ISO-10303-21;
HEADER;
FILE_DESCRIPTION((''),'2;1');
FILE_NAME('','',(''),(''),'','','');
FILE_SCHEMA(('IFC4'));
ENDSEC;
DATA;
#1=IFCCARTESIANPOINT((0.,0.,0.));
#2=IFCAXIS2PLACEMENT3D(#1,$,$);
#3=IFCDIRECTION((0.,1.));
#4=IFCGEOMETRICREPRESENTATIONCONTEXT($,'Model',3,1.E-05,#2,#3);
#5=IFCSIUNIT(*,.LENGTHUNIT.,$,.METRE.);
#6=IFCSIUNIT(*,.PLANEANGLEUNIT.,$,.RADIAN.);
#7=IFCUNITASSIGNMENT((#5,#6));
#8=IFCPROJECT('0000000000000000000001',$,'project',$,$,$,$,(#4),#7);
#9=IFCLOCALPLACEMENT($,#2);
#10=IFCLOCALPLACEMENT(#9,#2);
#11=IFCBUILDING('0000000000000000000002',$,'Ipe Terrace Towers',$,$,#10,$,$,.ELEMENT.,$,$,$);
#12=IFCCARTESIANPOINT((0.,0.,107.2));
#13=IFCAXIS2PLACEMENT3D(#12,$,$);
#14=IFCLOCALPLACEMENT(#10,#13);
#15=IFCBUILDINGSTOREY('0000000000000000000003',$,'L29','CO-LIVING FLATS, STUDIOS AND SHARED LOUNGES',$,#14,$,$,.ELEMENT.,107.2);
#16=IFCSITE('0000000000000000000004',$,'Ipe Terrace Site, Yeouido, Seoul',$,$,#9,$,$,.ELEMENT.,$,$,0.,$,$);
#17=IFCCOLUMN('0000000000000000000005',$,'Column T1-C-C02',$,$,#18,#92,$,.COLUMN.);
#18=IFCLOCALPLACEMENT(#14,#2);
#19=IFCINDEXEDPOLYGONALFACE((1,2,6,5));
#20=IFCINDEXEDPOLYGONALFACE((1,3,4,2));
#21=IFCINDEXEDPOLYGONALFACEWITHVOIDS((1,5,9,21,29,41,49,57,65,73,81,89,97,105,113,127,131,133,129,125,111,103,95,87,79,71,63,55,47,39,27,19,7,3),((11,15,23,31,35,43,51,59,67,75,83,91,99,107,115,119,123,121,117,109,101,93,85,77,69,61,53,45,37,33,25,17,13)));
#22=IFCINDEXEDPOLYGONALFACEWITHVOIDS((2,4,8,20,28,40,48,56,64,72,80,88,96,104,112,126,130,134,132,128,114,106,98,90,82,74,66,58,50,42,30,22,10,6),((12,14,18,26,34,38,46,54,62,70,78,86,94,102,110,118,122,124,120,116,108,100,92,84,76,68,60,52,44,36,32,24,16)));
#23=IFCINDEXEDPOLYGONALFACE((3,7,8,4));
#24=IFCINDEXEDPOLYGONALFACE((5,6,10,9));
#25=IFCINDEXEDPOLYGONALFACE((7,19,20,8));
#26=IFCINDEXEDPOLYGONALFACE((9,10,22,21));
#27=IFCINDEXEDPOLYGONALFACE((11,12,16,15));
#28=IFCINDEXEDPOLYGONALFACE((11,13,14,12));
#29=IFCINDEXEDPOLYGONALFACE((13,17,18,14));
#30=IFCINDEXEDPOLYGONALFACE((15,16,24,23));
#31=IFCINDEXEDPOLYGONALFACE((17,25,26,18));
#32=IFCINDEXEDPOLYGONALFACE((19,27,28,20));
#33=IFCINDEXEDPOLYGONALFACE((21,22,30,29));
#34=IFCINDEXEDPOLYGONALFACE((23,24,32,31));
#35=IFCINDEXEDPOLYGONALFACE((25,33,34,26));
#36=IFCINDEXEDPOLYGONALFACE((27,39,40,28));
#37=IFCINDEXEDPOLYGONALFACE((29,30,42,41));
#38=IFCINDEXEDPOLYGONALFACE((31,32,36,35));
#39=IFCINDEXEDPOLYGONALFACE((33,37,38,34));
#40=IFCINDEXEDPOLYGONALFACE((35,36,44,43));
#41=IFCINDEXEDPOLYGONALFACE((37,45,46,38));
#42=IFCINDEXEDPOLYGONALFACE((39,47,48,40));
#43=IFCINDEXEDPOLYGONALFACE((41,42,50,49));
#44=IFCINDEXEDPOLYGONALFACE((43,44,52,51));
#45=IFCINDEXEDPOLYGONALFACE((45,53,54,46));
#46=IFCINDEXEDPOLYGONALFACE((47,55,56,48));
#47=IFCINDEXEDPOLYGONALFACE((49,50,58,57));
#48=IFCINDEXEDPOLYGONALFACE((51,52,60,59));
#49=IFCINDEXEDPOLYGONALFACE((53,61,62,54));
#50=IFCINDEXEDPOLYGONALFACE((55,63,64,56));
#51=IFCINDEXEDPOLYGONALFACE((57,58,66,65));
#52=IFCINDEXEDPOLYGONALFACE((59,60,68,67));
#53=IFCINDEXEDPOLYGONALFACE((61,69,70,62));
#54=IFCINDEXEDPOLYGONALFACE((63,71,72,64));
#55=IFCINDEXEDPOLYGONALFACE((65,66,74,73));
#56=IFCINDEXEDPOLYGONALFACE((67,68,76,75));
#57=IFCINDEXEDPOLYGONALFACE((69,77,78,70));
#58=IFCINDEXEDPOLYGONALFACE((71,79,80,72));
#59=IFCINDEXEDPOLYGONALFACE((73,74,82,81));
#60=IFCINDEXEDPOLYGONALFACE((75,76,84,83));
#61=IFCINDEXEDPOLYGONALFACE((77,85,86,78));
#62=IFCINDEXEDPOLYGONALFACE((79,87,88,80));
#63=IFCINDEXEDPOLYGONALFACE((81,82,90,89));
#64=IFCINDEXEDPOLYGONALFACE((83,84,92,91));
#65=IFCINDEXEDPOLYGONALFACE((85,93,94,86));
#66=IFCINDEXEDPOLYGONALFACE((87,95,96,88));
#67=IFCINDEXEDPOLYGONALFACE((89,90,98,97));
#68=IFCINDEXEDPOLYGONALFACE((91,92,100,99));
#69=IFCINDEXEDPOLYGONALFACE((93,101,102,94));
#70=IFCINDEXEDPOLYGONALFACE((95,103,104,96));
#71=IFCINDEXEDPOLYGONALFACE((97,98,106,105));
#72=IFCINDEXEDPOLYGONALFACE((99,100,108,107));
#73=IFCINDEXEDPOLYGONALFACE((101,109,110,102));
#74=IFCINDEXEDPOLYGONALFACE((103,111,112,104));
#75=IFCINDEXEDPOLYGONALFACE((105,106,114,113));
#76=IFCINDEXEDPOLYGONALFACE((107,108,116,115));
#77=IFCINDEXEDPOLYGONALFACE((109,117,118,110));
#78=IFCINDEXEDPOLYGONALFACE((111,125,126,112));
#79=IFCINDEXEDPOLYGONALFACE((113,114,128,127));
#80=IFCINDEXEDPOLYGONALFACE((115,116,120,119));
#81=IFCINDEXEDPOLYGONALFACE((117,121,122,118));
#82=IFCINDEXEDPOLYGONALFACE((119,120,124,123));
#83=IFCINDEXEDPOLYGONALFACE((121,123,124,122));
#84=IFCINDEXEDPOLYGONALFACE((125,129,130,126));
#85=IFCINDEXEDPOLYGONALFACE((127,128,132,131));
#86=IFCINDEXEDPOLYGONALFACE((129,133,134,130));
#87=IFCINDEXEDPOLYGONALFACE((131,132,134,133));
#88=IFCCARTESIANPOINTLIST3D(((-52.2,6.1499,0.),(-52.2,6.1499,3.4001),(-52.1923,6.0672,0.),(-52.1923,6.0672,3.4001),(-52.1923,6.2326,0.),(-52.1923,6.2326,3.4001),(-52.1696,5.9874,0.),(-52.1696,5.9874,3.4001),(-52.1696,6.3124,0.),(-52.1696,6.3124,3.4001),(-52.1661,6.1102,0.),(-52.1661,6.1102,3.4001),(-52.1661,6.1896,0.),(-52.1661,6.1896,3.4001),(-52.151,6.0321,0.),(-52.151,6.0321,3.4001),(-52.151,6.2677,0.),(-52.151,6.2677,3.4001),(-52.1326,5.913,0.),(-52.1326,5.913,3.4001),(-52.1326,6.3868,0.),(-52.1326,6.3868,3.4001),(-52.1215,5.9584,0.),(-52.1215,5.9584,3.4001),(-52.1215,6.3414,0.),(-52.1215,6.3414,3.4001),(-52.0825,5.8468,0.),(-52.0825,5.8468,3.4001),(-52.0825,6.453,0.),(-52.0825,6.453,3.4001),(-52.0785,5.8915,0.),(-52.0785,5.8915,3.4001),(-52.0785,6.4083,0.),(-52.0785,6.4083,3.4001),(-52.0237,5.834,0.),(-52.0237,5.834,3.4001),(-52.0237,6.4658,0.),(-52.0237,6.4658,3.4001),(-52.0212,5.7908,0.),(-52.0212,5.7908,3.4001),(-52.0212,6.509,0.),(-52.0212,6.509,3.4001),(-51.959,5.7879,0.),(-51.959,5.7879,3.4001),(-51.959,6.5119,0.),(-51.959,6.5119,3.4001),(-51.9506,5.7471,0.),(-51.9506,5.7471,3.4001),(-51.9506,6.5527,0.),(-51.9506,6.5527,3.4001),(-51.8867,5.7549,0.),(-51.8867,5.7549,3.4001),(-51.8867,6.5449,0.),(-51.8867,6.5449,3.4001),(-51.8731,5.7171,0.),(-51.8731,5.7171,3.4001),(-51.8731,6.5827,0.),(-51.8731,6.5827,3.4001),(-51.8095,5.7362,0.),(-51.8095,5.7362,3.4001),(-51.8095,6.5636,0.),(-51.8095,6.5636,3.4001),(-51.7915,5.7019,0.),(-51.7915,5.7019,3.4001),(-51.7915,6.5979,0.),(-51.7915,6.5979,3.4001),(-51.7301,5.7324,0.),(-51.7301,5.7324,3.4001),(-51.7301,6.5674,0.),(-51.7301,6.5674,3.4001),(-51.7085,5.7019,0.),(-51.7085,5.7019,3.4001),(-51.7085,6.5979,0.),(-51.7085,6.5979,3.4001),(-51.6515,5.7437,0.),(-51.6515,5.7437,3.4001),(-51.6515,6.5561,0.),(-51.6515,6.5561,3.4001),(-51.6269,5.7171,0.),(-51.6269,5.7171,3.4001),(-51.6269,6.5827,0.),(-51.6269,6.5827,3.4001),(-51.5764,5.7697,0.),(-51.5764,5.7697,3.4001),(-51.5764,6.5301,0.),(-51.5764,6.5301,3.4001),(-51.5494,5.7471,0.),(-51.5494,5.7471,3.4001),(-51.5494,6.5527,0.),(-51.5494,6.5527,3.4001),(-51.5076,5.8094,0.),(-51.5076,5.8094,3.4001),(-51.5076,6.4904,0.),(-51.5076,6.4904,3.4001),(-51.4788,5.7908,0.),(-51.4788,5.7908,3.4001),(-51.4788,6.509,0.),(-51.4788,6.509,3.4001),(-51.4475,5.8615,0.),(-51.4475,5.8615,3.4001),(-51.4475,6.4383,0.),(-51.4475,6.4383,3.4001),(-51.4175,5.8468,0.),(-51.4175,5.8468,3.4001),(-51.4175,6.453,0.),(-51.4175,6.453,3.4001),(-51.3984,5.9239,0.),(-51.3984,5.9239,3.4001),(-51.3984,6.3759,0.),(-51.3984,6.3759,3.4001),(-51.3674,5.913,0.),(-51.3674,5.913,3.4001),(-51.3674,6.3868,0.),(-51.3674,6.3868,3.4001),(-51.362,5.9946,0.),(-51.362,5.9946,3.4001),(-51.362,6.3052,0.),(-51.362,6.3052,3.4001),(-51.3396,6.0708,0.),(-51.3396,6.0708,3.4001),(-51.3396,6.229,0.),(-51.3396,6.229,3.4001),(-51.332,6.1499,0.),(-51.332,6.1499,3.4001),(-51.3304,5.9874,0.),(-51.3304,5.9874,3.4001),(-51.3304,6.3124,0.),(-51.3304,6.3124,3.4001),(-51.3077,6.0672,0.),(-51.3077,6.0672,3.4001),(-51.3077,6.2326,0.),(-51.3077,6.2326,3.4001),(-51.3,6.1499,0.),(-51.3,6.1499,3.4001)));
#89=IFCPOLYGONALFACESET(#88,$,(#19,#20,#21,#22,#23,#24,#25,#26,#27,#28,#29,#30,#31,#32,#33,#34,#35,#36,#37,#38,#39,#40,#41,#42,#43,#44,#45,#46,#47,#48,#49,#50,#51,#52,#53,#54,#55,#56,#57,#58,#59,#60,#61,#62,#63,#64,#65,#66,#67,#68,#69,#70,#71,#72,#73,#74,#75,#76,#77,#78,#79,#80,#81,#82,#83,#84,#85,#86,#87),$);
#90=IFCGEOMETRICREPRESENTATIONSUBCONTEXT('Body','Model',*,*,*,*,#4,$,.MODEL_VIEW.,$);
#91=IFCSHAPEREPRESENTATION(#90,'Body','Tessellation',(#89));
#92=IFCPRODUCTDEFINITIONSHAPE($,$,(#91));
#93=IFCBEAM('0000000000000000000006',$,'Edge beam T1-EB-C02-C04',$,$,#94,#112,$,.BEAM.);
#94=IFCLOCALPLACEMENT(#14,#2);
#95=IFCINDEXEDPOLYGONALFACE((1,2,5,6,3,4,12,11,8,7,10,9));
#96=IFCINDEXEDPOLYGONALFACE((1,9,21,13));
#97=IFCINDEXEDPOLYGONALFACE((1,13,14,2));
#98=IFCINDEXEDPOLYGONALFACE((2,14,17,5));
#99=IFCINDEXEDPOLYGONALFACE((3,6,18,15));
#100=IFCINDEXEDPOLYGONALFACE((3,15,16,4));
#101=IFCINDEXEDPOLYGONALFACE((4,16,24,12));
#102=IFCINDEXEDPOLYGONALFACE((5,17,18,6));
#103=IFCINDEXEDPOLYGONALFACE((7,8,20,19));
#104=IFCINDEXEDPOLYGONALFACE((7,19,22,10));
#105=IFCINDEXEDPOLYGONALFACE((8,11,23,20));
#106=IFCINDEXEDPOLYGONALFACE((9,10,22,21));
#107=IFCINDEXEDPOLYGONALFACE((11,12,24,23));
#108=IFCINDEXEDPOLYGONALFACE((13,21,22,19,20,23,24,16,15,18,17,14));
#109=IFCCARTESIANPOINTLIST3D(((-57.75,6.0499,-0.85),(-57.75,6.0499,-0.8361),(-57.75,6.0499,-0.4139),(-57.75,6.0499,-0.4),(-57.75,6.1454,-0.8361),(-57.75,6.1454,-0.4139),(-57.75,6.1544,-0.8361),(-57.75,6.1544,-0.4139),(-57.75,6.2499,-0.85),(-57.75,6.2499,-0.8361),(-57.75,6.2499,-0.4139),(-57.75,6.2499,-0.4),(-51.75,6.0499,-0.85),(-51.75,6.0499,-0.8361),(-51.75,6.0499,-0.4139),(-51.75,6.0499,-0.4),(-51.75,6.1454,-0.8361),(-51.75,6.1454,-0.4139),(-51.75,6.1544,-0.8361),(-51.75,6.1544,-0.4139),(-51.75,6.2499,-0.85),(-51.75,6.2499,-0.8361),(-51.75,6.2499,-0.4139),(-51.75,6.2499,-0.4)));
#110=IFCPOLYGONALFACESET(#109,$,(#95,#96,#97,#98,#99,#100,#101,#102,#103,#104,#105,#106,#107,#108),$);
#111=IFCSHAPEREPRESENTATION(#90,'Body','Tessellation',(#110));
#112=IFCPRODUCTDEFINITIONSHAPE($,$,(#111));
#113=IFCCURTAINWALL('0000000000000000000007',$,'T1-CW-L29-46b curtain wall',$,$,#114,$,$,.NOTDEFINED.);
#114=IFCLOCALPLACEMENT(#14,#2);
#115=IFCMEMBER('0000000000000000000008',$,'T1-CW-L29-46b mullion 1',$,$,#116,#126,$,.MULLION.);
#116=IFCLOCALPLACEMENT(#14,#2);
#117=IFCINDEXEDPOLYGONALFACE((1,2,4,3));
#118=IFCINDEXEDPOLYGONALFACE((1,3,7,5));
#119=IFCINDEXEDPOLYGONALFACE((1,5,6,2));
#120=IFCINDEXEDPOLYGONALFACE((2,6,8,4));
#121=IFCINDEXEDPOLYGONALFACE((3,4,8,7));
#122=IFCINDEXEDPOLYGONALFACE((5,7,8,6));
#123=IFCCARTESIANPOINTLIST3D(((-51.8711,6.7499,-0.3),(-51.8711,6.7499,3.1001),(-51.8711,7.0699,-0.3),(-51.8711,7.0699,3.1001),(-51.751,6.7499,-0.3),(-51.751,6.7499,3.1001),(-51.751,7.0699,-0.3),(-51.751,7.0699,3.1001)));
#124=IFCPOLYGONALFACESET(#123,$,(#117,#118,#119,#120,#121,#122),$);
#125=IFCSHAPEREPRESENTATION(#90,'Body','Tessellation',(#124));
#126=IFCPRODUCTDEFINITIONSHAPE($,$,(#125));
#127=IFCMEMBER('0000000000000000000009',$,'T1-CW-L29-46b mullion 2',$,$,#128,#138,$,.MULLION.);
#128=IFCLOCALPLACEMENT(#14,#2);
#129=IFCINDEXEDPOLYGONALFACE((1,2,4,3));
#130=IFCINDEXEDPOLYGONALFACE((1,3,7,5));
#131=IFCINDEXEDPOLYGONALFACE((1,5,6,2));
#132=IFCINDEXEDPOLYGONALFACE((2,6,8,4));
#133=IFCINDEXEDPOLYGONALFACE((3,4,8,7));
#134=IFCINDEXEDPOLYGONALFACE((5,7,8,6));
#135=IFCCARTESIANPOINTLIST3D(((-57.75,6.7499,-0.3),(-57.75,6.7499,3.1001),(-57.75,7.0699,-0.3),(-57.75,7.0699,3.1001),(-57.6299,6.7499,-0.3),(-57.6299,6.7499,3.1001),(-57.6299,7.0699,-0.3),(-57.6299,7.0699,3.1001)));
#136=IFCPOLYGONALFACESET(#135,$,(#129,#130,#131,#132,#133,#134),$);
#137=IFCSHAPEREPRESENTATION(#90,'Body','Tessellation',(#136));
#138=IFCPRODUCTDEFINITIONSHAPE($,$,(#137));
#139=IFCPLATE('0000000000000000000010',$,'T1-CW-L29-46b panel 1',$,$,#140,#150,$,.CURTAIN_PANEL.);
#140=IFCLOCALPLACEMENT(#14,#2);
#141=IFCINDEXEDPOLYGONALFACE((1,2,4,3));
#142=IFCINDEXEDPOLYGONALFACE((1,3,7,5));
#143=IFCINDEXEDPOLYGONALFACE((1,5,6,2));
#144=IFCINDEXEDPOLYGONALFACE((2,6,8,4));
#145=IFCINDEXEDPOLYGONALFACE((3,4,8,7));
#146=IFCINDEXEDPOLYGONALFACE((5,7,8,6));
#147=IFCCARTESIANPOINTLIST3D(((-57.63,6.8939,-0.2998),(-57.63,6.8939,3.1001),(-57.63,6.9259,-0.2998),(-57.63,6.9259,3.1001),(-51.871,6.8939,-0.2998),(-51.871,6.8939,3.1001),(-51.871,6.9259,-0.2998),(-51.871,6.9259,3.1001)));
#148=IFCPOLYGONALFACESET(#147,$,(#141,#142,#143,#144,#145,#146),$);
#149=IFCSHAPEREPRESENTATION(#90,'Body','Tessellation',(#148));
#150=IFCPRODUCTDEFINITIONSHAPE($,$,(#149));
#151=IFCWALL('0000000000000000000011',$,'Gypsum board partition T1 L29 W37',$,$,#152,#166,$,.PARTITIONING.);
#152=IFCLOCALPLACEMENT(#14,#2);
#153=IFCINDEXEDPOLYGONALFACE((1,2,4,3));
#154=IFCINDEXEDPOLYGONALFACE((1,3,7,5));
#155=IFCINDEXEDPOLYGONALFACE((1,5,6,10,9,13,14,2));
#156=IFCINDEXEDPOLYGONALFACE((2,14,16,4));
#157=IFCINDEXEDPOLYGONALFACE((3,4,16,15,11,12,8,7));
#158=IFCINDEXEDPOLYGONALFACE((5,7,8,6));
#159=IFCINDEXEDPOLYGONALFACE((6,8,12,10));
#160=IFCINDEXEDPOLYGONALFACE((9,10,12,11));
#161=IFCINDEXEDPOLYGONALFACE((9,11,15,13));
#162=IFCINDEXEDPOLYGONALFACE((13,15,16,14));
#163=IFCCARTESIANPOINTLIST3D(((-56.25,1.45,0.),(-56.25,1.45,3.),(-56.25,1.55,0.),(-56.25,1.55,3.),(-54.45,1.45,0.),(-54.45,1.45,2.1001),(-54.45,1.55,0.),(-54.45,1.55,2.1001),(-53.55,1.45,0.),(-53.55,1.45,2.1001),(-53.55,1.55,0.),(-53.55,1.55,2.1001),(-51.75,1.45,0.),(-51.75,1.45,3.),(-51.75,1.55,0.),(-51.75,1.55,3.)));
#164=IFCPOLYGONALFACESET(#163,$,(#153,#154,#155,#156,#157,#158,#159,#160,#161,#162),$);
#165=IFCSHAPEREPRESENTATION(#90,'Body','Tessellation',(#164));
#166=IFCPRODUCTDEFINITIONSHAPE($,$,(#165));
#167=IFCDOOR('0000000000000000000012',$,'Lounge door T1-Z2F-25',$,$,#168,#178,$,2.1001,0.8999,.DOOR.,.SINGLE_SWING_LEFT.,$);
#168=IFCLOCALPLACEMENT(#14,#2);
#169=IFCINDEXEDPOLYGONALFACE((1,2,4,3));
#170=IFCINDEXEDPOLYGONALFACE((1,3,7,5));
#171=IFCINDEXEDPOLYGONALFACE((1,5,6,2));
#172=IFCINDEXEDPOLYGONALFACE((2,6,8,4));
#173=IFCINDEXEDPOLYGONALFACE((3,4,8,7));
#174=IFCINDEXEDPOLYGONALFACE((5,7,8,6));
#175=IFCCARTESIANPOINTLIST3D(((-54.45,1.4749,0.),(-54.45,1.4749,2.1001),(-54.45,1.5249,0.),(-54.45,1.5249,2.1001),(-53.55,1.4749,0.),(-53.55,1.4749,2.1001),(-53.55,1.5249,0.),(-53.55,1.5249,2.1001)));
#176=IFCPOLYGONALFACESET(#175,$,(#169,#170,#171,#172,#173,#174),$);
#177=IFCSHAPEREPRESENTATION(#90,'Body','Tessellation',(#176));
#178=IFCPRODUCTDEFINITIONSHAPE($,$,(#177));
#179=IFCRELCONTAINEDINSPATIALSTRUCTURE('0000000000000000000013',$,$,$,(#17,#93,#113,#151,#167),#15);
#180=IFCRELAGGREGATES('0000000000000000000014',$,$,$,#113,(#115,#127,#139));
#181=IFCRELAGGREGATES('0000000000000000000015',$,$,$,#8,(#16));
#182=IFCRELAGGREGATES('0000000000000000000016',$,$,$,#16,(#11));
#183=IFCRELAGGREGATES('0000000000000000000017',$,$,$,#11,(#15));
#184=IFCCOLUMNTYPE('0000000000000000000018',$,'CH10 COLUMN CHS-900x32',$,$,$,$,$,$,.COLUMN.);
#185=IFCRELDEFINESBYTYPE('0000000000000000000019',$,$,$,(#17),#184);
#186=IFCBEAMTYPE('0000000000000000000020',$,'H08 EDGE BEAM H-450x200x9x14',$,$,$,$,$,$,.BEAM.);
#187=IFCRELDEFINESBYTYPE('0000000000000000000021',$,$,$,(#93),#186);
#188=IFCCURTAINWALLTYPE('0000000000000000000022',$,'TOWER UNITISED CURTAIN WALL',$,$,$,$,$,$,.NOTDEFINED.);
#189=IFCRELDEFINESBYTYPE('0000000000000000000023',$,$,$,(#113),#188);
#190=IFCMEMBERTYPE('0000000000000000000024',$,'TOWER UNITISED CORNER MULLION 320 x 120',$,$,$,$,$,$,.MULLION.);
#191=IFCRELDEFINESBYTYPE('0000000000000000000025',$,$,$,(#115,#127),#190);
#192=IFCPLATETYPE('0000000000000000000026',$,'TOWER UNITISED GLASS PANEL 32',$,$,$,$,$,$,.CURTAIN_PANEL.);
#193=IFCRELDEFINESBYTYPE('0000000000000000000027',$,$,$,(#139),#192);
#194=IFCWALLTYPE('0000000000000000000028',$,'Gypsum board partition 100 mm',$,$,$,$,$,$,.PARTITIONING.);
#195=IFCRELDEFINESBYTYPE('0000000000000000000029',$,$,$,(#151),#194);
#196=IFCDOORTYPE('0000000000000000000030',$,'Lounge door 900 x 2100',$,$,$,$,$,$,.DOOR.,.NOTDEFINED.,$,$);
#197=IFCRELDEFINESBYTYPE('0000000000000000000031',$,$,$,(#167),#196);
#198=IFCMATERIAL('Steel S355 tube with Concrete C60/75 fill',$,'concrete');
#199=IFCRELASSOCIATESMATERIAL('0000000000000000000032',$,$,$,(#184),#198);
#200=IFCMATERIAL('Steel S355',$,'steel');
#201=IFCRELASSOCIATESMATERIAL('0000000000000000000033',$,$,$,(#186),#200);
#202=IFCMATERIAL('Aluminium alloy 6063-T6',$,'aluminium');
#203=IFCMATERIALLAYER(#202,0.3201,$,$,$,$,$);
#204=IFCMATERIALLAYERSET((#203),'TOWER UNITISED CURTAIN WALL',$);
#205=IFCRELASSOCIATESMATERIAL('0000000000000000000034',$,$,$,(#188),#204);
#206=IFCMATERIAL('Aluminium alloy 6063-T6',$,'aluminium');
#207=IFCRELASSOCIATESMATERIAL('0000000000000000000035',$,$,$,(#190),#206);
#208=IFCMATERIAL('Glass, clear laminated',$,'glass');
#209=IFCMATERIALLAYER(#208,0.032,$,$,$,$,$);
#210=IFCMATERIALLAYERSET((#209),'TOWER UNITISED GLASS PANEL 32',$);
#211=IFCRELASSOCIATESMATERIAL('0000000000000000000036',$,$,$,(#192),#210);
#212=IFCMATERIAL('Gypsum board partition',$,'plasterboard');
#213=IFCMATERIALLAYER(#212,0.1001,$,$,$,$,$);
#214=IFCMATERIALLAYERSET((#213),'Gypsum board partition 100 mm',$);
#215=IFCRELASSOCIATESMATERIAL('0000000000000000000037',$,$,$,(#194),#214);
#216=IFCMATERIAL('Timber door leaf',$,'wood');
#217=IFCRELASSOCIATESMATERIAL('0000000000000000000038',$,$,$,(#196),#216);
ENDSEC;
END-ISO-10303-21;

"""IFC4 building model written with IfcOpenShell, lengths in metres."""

from ifc_helpers import new_model, si_unit, direction, frame, frame_2d, origin, origin_2d, place, context, subcontext, project, spatial, rectangle, hollow_circle, i_section, extrude, material, layer, layer_set, material_profile, profile_set, type_object, element, fill, aggregate, save


model = new_model("IFC4")

# Units and contexts
model_context = context("Model", 3, precision=1e-05, world=origin(), true_north=direction((0.0, 1.0)))
body_context = subcontext(model_context, "Body", "Model", "MODEL_VIEW")
ifc_project = project(units=[si_unit("LENGTHUNIT", "METRE"), si_unit("PLANEANGLEUNIT", "RADIAN")], contexts=[model_context])

# Site, building, storey
site_placement = place(None, origin())
site = spatial("IfcSite", under=ifc_project, at=site_placement, Name="Ipe Terrace Site, Yeouido, Seoul", CompositionType="ELEMENT", RefElevation=0.0)
building_placement = place(site_placement, origin())
building = spatial("IfcBuilding", under=site, at=building_placement, Name="Ipe Terrace Towers", CompositionType="ELEMENT")
storey_placement = place(building_placement, frame((0.0, 0.0, 107.2)))
storey = spatial("IfcBuildingStorey", under=building, at=storey_placement, Name="L29", Description="CO-LIVING FLATS, STUDIOS AND SHARED LOUNGES", CompositionType="ELEMENT", Elevation=107.2)

# Column
ifc_material_1 = material(Name="Steel S355 tube with Concrete C60/75 fill", Category="concrete")
ifc_material_profile_1 = material_profile(ifc_material_1, hollow_circle(Radius=0.45, WallThickness=0.032, at=origin_2d()), Name="CHS-900x32")
ifc_profile_set_1 = profile_set([ifc_material_profile_1], Name="Steel S355 tube with Concrete C60/75 fill")
column_type = type_object("IfcColumnType", Name="CH10 COLUMN CHS-900x32", PredefinedType="COLUMN", material=ifc_profile_set_1)
column_placement = place(storey_placement, frame((-51.75, 6.1499, 0.0), z_axis=(0.0, 0.0, 1.0), x_axis=(1.0, 0.0, 0.0)))
element("IfcColumn", 1, at=column_placement, inside=storey, type_object=column_type, Name="Column T1-C-C02", PredefinedType="COLUMN", context=body_context, shape_type="SweptSolid", body=[
    extrude(hollow_circle(Radius=0.45, WallThickness=0.032, at=origin_2d()), origin(), (0.0, 0.0, 1.0), 3.4001),
])

# Beam
ifc_material_2 = material(Name="Steel S355", Category="steel")
ifc_material_profile_2 = material_profile(ifc_material_2, i_section(OverallWidth=0.2, OverallDepth=0.45, WebThickness=0.009, FlangeThickness=0.0139, at=origin_2d()), Name="H-450x200x9x14")
ifc_profile_set_2 = profile_set([ifc_material_profile_2], Name="Steel S355")
beam_type = type_object("IfcBeamType", Name="H08 EDGE BEAM H-450x200x9x14", PredefinedType="BEAM", material=ifc_profile_set_2)
beam_placement = place(storey_placement, frame((-51.75, 6.1499, -0.625), z_axis=(-1.0, 0.0, 0.0), x_axis=(0.0, -1.0, 0.0)))
element("IfcBeam", 2, at=beam_placement, inside=storey, type_object=beam_type, Name="Edge beam T1-EB-C02-C04", PredefinedType="BEAM", context=body_context, shape_type="SweptSolid", body=[
    extrude(i_section(OverallWidth=0.2, OverallDepth=0.45, WebThickness=0.009, FlangeThickness=0.0139, at=origin_2d()), origin(), (0.0, 0.0, 1.0), 6.0),
])

# Curtain wall, members, plate
ifc_material_3 = material(Name="Aluminium alloy 6063-T6", Category="aluminium")
ifc_layer_1 = layer(ifc_material_3, 0.3201)
ifc_layer_set_1 = layer_set([ifc_layer_1], Name="TOWER UNITISED CURTAIN WALL")
curtain_wall_type = type_object("IfcCurtainWallType", Name="TOWER UNITISED CURTAIN WALL", PredefinedType="NOTDEFINED", material=ifc_layer_set_1)
curtain_wall_placement = place(storey_placement, origin())
curtain_wall = element("IfcCurtainWall", 3, at=curtain_wall_placement, inside=storey, type_object=curtain_wall_type, Name="T1-CW-L29-46b curtain wall", PredefinedType="NOTDEFINED")
ifc_material_4 = material(Name="Aluminium alloy 6063-T6", Category="aluminium")
ifc_material_profile_3 = material_profile(ifc_material_4, rectangle(XDim=0.3201, YDim=0.1201, at=origin_2d()), Name="TOWER UNITISED CORNER MULLION 320 x 120")
ifc_profile_set_3 = profile_set([ifc_material_profile_3], Name="Aluminium alloy 6063-T6")
member_type = type_object("IfcMemberType", Name="TOWER UNITISED CORNER MULLION 320 x 120", PredefinedType="MULLION", material=ifc_profile_set_3)
member_1_placement = place(storey_placement, frame((-51.811, 6.9099, -0.3), z_axis=(0.0, 0.0, 1.0), x_axis=(0.0, 1.0, 0.0)))
member_1 = element("IfcMember", 4, at=member_1_placement, type_object=member_type, Name="T1-CW-L29-46b mullion 1", PredefinedType="MULLION", context=body_context, shape_type="SweptSolid", body=[
    extrude(rectangle(XDim=0.3201, YDim=0.1201, at=origin_2d()), origin(), (0.0, 0.0, 1.0), 3.4001),
])
member_2_placement = place(storey_placement, frame((-57.6899, 6.9099, -0.3), z_axis=(0.0, 0.0, 1.0), x_axis=(0.0, 1.0, 0.0)))
member_2 = element("IfcMember", 5, at=member_2_placement, type_object=member_type, Name="T1-CW-L29-46b mullion 2", PredefinedType="MULLION", context=body_context, shape_type="SweptSolid", body=[
    extrude(rectangle(XDim=0.3201, YDim=0.1201, at=origin_2d()), origin(), (0.0, 0.0, 1.0), 3.4001),
])
ifc_material_5 = material(Name="Glass, clear laminated", Category="glass")
ifc_layer_2 = layer(ifc_material_5, 0.032)
ifc_layer_set_2 = layer_set([ifc_layer_2], Name="TOWER UNITISED GLASS PANEL 32")
plate_type = type_object("IfcPlateType", Name="TOWER UNITISED GLASS PANEL 32", PredefinedType="CURTAIN_PANEL", material=ifc_layer_set_2)
plate_placement = place(storey_placement, frame((-54.7505, 6.9099, -0.2998), z_axis=(0.0, 0.0, 1.0), x_axis=(-1.0, 0.0, 0.0)))
plate = element("IfcPlate", 6, at=plate_placement, type_object=plate_type, Name="T1-CW-L29-46b panel 1", PredefinedType="CURTAIN_PANEL", context=body_context, shape_type="SweptSolid", body=[
    extrude(rectangle(XDim=5.759, YDim=0.032, at=origin_2d()), origin(), (0.0, 0.0, 1.0), 3.3999),
])
aggregate(curtain_wall, [member_1, member_2, plate])

# Wall, opening, door
ifc_material_6 = material(Name="Gypsum board partition", Category="plasterboard")
ifc_layer_3 = layer(ifc_material_6, 0.1001)
ifc_layer_set_3 = layer_set([ifc_layer_3], Name="Gypsum board partition 100 mm")
wall_type_1 = type_object("IfcWallType", Name="Gypsum board partition 100 mm", PredefinedType="PARTITIONING", material=ifc_layer_set_3)
wall_1_placement = place(storey_placement, frame((-56.25, 1.5, 0.0), z_axis=(0.0, 0.0, 1.0), x_axis=(1.0, 0.0, 0.0)))
wall_1 = element("IfcWall", 7, at=wall_1_placement, inside=storey, type_object=wall_type_1, Name="Gypsum board partition T1 L29 W37", PredefinedType="PARTITIONING", context=body_context, shape_type="SweptSolid", body=[
    extrude(rectangle(XDim=4.5, YDim=0.1001, at=frame_2d((2.25, 0.0))), origin(), (0.0, 0.0, 1.0), 3.0),
])
opening_1_placement = place(wall_1_placement, frame((1.8, 0.0, 0.0)))
opening_1 = element("IfcOpeningElement", 8, at=opening_1_placement, cuts=wall_1, PredefinedType="OPENING", context=body_context, shape_type="SweptSolid", body=[
    extrude(rectangle(XDim=0.8999, YDim=2.1001, at=frame_2d((0.45, 1.05))), frame((0.0, 0.0601, 0.0), z_axis=(0.0, -1.0, 0.0), x_axis=(1.0, 0.0, 0.0)), (0.0, 0.0, 1.0), 0.1201),
])
ifc_material_7 = material(Name="Timber door leaf", Category="wood")
door_type_1 = type_object("IfcDoorType", Name="Lounge door 900 x 2100", OperationType="NOTDEFINED", PredefinedType="DOOR", material=ifc_material_7)
door_1_placement = place(opening_1_placement, origin())
door_1 = element("IfcDoor", 9, at=door_1_placement, inside=storey, type_object=door_type_1, Name="Lounge door T1-Z2F-25", OperationType="SINGLE_SWING_LEFT", OverallHeight=2.1001, OverallWidth=0.8999, PredefinedType="DOOR", context=body_context, shape_type="SweptSolid", body=[
    extrude(rectangle(XDim=0.8999, YDim=2.1001, at=frame_2d((0.45, 1.05))), frame((0.0, 0.0249, 0.0), z_axis=(0.0, -1.0, 0.0), x_axis=(1.0, 0.0, 0.0)), (0.0, 0.0, 1.0), 0.05),
])
fill(opening_1, door_1)

save(model, "model.ifc")
